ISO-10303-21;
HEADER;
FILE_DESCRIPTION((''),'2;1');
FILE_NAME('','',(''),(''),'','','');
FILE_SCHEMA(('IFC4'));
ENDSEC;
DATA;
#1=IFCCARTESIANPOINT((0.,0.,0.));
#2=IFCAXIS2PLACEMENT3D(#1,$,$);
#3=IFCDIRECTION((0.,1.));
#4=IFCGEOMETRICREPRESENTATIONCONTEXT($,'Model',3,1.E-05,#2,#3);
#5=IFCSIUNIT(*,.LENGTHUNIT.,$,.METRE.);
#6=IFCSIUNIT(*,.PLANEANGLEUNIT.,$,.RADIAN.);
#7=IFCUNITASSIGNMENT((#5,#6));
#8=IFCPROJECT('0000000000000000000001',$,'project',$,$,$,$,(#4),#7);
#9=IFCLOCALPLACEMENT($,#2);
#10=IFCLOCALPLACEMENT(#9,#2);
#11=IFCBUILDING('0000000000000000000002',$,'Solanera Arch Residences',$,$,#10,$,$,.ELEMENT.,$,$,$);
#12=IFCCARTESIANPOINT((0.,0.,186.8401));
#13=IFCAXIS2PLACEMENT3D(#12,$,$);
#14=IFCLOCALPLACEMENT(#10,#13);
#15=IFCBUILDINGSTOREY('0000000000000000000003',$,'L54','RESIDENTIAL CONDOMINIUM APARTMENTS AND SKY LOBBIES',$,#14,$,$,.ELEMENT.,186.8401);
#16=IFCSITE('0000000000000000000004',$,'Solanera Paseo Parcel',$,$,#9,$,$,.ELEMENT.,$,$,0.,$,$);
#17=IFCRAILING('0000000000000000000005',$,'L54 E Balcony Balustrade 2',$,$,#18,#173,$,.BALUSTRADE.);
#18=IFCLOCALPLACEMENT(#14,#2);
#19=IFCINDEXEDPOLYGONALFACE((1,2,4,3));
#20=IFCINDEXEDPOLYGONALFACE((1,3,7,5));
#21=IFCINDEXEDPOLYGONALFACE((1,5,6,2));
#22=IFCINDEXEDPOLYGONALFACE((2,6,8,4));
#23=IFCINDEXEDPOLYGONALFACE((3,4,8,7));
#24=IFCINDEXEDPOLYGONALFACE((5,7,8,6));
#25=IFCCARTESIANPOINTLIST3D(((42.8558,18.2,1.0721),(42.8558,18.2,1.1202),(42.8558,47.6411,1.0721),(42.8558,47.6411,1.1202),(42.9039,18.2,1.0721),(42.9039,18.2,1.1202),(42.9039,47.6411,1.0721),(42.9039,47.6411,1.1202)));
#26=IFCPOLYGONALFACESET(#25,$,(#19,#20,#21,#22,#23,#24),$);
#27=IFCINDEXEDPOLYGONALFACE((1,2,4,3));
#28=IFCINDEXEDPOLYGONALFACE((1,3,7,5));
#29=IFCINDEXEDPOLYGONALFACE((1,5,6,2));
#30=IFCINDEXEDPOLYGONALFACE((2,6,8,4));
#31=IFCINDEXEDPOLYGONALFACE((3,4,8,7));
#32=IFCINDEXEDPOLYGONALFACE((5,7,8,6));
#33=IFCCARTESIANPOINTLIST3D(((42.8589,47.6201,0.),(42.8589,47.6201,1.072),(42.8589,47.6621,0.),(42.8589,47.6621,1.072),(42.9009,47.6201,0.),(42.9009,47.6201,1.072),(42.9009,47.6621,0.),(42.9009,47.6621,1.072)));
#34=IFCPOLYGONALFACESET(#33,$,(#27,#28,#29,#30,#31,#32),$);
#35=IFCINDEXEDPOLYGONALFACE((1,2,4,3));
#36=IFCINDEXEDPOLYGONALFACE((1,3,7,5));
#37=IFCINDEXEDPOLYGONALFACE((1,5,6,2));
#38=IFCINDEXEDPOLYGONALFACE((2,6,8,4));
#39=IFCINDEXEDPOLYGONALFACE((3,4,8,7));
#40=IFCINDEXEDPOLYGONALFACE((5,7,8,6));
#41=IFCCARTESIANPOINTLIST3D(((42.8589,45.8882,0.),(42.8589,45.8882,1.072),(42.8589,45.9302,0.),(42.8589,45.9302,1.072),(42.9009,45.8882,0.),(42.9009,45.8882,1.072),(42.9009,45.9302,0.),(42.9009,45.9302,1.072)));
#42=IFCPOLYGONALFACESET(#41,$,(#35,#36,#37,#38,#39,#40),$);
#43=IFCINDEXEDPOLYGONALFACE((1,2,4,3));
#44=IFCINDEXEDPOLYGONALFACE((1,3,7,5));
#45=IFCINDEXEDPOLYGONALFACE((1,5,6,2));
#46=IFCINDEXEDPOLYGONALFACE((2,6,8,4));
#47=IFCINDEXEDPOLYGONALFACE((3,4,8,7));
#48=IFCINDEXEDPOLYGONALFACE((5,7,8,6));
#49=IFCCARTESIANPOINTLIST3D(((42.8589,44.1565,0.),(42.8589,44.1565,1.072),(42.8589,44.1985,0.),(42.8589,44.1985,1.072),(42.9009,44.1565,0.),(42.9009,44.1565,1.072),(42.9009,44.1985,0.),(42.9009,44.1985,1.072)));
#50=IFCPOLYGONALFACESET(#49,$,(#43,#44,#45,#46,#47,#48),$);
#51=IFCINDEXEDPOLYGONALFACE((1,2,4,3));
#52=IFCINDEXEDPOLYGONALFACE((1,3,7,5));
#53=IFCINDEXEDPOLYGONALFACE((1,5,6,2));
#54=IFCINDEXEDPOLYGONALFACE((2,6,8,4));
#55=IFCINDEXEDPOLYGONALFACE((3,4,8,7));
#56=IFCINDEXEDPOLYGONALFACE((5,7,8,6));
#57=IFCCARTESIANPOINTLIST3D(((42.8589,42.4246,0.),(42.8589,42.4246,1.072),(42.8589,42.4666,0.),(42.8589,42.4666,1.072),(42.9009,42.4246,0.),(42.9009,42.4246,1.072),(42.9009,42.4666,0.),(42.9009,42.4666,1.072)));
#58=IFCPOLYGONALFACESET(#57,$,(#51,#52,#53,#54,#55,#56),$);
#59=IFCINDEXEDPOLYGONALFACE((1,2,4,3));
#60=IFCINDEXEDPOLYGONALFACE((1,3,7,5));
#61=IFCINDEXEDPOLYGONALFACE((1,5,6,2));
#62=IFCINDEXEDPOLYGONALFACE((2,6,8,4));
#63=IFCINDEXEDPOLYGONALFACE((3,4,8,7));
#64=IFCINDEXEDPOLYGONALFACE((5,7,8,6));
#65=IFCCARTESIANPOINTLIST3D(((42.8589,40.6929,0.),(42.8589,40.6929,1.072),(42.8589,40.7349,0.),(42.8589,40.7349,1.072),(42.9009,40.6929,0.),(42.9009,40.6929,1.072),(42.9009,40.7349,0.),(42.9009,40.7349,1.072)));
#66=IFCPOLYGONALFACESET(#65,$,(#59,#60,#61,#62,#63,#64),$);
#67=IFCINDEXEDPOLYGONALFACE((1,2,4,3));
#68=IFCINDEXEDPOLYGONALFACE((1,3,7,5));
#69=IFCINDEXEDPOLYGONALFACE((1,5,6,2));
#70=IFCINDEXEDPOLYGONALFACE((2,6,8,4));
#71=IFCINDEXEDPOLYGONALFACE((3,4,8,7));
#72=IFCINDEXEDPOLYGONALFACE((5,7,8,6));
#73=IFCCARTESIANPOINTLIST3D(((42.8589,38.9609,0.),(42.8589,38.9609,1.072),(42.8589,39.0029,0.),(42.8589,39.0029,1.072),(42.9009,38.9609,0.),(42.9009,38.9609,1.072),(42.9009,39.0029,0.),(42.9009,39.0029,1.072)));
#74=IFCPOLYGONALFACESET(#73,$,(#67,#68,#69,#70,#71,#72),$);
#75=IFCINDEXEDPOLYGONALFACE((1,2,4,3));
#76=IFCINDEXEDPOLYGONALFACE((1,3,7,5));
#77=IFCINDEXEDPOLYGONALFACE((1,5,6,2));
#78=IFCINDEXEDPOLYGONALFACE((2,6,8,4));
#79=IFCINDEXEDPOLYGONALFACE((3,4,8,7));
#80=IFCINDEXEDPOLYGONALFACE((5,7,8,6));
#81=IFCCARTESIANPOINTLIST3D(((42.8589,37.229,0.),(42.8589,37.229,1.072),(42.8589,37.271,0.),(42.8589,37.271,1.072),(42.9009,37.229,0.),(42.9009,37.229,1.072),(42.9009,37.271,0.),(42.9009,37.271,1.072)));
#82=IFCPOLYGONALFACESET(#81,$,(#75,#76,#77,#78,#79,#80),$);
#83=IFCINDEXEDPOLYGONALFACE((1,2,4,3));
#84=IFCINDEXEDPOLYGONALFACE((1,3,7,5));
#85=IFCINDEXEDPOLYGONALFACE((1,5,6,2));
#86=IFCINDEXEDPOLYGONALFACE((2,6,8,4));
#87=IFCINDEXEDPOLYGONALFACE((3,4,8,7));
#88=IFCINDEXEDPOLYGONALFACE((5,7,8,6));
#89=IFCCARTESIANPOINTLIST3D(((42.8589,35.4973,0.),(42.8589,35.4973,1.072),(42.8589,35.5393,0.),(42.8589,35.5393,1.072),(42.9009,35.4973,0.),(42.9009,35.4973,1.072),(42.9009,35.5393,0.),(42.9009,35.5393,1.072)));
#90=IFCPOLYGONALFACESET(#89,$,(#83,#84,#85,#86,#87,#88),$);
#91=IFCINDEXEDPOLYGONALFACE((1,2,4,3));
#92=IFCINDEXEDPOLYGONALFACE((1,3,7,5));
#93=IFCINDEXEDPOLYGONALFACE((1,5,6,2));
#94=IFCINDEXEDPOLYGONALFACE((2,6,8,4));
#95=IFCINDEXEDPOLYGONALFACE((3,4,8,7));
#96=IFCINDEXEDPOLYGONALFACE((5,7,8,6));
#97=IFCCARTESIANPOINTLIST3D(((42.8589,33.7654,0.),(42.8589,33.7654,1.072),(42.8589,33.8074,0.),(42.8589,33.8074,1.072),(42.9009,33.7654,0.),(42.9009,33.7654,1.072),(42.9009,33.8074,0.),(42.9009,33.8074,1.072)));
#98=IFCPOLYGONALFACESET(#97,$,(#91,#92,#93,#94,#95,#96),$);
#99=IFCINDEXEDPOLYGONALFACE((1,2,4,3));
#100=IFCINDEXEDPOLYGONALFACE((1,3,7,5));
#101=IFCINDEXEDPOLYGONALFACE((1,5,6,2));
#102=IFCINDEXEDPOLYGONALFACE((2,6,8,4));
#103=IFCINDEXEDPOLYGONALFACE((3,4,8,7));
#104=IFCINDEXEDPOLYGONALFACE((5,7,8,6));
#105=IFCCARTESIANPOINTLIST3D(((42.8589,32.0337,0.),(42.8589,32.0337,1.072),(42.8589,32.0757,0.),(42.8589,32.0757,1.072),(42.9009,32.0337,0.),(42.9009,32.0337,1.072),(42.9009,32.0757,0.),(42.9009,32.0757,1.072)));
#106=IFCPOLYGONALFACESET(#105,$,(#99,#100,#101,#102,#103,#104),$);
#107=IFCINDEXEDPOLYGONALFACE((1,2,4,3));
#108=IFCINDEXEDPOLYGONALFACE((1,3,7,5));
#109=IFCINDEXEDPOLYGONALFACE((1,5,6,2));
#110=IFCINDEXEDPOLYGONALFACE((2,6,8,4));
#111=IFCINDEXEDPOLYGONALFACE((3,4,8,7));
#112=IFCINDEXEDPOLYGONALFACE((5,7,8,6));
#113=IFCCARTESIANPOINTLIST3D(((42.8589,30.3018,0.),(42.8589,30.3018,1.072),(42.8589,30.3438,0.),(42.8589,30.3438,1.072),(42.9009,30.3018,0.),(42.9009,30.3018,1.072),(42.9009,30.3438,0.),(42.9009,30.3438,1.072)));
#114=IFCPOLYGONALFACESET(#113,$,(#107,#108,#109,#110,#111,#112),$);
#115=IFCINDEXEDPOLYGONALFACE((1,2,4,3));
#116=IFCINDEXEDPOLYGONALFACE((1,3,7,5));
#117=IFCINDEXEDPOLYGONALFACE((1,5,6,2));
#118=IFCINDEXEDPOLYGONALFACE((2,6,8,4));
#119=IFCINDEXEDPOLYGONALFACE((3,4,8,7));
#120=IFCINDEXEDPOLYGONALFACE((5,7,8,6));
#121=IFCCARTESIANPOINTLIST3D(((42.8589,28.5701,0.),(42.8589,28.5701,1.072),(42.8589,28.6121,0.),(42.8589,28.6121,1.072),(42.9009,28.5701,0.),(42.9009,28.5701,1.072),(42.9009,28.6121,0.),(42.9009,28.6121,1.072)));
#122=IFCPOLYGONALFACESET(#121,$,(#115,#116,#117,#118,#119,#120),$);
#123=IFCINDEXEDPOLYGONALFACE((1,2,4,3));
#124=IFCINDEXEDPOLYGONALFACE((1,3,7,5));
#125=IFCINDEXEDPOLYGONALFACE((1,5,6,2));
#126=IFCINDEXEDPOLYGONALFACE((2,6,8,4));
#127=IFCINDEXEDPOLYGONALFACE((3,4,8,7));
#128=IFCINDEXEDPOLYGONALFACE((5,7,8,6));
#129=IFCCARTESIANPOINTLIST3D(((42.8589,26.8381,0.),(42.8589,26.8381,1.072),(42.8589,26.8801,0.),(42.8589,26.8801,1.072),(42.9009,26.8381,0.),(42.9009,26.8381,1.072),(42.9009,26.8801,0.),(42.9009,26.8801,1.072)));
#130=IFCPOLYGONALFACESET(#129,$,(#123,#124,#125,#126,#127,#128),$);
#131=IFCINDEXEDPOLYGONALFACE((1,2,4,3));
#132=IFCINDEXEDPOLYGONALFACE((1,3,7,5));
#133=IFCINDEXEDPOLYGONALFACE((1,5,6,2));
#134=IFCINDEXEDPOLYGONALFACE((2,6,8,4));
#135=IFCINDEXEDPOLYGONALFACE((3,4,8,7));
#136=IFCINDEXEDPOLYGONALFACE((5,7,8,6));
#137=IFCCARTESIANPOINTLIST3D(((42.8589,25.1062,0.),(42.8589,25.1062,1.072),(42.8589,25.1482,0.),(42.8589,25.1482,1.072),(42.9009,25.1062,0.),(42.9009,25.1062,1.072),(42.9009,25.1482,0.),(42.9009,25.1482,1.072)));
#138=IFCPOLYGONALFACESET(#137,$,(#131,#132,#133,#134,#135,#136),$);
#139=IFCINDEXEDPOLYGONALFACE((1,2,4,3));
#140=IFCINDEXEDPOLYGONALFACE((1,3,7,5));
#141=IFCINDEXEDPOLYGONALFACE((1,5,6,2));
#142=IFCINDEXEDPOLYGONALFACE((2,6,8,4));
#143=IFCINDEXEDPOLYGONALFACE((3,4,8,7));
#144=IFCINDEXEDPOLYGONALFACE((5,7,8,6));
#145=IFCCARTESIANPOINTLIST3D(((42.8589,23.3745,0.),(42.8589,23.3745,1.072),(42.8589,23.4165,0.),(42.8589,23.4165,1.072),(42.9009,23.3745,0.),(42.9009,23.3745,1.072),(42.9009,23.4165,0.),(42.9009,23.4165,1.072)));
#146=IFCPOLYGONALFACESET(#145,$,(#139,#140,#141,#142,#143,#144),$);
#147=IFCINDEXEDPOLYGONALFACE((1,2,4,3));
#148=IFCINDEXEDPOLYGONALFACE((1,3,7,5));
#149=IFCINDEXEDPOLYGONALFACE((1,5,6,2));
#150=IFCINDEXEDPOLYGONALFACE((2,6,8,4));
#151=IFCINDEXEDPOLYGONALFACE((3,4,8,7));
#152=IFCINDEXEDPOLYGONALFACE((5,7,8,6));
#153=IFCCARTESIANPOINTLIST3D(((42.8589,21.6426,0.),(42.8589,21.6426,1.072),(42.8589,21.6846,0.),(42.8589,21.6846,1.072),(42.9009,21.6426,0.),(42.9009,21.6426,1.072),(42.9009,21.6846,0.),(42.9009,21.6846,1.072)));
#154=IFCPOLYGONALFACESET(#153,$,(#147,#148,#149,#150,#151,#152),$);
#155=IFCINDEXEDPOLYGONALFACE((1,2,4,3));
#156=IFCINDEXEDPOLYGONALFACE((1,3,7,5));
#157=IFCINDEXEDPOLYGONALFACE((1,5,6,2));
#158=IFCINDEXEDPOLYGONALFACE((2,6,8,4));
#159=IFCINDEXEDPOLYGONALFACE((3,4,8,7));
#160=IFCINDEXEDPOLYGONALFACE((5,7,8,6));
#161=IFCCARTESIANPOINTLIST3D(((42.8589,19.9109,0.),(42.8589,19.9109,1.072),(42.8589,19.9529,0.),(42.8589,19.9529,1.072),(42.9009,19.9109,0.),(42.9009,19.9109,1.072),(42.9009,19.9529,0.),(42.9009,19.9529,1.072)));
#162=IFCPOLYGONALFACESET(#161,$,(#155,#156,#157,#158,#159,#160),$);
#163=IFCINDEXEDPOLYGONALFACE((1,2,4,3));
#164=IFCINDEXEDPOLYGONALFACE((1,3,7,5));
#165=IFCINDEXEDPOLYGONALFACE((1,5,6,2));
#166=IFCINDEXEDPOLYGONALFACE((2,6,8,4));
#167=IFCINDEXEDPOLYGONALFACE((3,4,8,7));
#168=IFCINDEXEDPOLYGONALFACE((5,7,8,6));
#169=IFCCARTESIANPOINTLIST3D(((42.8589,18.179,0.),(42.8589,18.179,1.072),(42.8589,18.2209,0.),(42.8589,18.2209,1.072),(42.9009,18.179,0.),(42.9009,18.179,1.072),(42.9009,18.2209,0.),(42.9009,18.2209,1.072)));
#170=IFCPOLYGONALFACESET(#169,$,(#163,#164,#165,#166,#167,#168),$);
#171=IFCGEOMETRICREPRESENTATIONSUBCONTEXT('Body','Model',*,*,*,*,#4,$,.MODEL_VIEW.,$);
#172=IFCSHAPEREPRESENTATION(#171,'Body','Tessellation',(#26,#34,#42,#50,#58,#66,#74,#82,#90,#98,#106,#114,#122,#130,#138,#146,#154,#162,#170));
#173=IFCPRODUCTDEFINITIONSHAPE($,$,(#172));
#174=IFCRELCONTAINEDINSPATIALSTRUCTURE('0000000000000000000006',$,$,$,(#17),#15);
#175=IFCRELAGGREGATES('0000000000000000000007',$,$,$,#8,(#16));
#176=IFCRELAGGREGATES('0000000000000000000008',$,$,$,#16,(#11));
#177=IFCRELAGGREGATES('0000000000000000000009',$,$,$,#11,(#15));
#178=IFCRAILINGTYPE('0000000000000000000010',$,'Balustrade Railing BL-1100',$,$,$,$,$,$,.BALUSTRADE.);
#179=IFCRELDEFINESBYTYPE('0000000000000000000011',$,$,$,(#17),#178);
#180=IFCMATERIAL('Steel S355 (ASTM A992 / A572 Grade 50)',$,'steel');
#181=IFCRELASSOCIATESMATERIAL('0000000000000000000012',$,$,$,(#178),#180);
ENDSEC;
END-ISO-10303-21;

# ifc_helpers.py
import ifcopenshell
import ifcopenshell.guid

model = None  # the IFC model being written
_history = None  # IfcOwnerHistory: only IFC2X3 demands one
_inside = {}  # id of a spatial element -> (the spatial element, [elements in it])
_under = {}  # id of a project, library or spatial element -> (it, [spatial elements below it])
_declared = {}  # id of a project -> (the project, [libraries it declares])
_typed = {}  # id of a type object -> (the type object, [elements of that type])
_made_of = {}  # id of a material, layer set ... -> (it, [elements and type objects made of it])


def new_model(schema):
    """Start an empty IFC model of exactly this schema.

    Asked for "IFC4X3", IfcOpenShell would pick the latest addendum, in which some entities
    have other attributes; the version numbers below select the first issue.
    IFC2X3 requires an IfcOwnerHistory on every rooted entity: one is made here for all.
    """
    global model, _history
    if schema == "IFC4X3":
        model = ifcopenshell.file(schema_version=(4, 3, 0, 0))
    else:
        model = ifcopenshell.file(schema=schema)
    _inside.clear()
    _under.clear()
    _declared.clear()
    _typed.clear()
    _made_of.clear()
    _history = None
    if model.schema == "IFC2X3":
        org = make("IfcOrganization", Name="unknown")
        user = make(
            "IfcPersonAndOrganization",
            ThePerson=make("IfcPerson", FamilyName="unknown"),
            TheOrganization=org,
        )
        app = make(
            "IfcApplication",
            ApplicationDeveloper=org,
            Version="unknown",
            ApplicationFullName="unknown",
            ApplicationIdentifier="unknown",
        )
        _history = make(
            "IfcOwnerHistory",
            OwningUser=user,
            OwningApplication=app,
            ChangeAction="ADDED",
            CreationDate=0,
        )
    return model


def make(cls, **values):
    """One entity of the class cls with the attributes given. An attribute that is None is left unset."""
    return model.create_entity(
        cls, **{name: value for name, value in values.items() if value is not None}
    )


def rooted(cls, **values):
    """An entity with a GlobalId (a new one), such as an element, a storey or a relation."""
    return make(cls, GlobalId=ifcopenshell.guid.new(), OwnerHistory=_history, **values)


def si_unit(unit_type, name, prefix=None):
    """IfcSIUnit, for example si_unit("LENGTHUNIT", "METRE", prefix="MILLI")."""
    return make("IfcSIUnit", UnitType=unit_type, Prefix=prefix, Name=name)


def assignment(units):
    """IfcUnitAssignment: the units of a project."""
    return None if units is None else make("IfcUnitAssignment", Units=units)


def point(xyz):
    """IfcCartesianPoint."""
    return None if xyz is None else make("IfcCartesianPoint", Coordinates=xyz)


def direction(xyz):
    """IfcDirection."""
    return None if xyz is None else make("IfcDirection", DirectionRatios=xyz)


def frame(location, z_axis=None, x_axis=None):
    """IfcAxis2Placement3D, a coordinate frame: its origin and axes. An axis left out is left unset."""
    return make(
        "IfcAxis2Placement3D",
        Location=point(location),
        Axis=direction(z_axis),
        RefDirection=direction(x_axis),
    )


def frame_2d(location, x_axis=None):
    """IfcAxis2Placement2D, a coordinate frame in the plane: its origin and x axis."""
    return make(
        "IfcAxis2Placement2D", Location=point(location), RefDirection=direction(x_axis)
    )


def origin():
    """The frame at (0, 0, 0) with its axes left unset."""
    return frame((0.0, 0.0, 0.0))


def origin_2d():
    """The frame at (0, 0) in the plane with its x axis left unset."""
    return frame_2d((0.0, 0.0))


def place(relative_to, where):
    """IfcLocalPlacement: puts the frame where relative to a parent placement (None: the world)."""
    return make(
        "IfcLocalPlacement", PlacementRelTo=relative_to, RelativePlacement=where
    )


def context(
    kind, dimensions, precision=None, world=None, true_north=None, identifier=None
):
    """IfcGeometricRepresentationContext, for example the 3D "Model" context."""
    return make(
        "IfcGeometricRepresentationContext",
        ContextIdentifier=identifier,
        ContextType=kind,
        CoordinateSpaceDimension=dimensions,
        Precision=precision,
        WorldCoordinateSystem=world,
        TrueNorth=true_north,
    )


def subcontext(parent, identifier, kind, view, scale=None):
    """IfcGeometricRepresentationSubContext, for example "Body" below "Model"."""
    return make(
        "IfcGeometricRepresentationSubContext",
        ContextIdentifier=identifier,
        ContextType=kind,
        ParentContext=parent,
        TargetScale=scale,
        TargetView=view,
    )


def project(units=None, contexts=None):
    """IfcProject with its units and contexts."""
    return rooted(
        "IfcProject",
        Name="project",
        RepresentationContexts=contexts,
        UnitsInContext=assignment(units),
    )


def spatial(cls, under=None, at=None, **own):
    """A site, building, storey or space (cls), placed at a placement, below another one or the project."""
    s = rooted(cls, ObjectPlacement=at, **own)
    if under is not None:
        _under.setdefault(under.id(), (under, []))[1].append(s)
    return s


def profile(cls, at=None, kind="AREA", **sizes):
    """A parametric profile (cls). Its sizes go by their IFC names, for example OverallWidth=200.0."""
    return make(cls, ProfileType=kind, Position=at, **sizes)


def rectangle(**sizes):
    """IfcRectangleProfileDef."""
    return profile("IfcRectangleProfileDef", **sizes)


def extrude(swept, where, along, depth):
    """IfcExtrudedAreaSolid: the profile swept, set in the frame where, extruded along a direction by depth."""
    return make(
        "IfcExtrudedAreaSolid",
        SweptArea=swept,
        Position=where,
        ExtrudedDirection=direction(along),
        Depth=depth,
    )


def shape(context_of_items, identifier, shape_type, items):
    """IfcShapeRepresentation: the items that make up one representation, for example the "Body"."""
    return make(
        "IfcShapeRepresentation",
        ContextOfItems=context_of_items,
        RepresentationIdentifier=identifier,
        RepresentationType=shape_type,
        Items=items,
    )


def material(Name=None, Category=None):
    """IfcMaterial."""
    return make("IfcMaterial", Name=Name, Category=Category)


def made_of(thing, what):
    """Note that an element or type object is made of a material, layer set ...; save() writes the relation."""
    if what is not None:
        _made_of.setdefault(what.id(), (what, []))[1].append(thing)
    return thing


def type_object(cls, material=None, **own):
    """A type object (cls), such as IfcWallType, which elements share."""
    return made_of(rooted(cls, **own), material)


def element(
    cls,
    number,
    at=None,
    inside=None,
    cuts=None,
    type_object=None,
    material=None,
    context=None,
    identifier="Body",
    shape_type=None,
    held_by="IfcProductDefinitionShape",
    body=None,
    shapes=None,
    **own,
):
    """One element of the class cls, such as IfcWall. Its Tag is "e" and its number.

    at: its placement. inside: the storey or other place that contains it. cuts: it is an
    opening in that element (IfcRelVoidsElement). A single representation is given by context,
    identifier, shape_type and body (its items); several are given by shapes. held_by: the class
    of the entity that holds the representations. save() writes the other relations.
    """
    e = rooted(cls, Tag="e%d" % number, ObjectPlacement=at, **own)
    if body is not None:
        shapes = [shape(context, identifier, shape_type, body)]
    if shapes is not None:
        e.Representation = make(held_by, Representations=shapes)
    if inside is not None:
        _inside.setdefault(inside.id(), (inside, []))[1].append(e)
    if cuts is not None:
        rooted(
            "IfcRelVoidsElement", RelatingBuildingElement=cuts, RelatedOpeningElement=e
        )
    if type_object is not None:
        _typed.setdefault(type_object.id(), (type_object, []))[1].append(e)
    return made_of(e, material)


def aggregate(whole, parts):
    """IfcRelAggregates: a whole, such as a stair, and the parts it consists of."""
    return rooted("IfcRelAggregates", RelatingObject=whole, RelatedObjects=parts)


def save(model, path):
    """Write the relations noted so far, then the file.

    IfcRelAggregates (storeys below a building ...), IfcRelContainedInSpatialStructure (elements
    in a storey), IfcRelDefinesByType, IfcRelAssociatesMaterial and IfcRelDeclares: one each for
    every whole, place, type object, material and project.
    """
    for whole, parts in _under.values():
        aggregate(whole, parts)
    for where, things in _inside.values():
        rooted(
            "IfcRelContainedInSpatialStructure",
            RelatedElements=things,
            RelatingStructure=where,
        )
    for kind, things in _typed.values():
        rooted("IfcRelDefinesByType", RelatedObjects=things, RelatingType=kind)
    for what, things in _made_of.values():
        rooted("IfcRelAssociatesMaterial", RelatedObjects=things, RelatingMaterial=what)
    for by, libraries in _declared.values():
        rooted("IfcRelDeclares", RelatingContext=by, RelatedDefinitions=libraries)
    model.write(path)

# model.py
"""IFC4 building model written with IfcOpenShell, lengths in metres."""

from ifc_helpers import new_model, si_unit, direction, frame, origin, origin_2d, place, context, subcontext, project, spatial, rectangle, extrude, material, type_object, element, save


model = new_model("IFC4")

# Units and contexts
model_context = context("Model", 3, precision=1e-05, world=origin(), true_north=direction((0.0, 1.0)))
body_context = subcontext(model_context, "Body", "Model", "MODEL_VIEW")
ifc_project = project(units=[si_unit("LENGTHUNIT", "METRE"), si_unit("PLANEANGLEUNIT", "RADIAN")], contexts=[model_context])

# Site, building, storey
site_placement = place(None, origin())
site = spatial("IfcSite", under=ifc_project, at=site_placement, Name="Solanera Paseo Parcel", CompositionType="ELEMENT", RefElevation=0.0)
building_placement = place(site_placement, origin())
building = spatial("IfcBuilding", under=site, at=building_placement, Name="Solanera Arch Residences", CompositionType="ELEMENT")
storey_placement = place(building_placement, frame((0.0, 0.0, 186.8401)))
storey = spatial("IfcBuildingStorey", under=building, at=storey_placement, Name="L54", Description="RESIDENTIAL CONDOMINIUM APARTMENTS AND SKY LOBBIES", CompositionType="ELEMENT", Elevation=186.8401)

# Railing
ifc_material_1 = material(Name="Steel S355 (ASTM A992 / A572 Grade 50)", Category="steel")
railing_type = type_object("IfcRailingType", Name="Balustrade Railing BL-1100", PredefinedType="BALUSTRADE", material=ifc_material_1)
railing_1_placement = place(storey_placement, frame((42.8799, 47.6411, 0.0)))
element("IfcRailing", 1, at=railing_1_placement, inside=storey, type_object=railing_type, Name="L54 E Balcony Balustrade 2", PredefinedType="BALUSTRADE", context=body_context, shape_type="SweptSolid", body=[
    extrude(rectangle(XDim=0.0481, YDim=0.0481, at=origin_2d()), frame((0.0, 0.0, 1.0962), z_axis=(0.0, -1.0, 0.0), x_axis=(1.0, 0.0, 0.0)), (0.0, 0.0, 1.0), 29.4412),
    extrude(rectangle(XDim=0.042, YDim=0.042, at=origin_2d()), origin(), (0.0, 0.0, 1.0), 1.072),
    extrude(rectangle(XDim=0.042, YDim=0.042, at=origin_2d()), frame((0.0, -1.7319, 0.0)), (0.0, 0.0, 1.0), 1.072),
    extrude(rectangle(XDim=0.042, YDim=0.042, at=origin_2d()), frame((0.0, -3.4636, 0.0)), (0.0, 0.0, 1.0), 1.072),
    extrude(rectangle(XDim=0.042, YDim=0.042, at=origin_2d()), frame((0.0, -5.1956, 0.0)), (0.0, 0.0, 1.0), 1.072),
    extrude(rectangle(XDim=0.042, YDim=0.042, at=origin_2d()), frame((0.0, -6.9272, 0.0)), (0.0, 0.0, 1.0), 1.072),
    extrude(rectangle(XDim=0.042, YDim=0.042, at=origin_2d()), frame((0.0, -8.6592, 0.0)), (0.0, 0.0, 1.0), 1.072),
    extrude(rectangle(XDim=0.042, YDim=0.042, at=origin_2d()), frame((0.0, -10.3911, 0.0)), (0.0, 0.0, 1.0), 1.072),
    extrude(rectangle(XDim=0.042, YDim=0.042, at=origin_2d()), frame((0.0, -12.1228, 0.0)), (0.0, 0.0, 1.0), 1.072),
    extrude(rectangle(XDim=0.042, YDim=0.042, at=origin_2d()), frame((0.0, -13.8547, 0.0)), (0.0, 0.0, 1.0), 1.072),
    extrude(rectangle(XDim=0.042, YDim=0.042, at=origin_2d()), frame((0.0, -15.5864, 0.0)), (0.0, 0.0, 1.0), 1.072),
    extrude(rectangle(XDim=0.042, YDim=0.042, at=origin_2d()), frame((0.0, -17.3184, 0.0)), (0.0, 0.0, 1.0), 1.072),
    extrude(rectangle(XDim=0.042, YDim=0.042, at=origin_2d()), frame((0.0, -19.05, 0.0)), (0.0, 0.0, 1.0), 1.072),
    extrude(rectangle(XDim=0.042, YDim=0.042, at=origin_2d()), frame((0.0, -20.782, 0.0)), (0.0, 0.0, 1.0), 1.072),
    extrude(rectangle(XDim=0.042, YDim=0.042, at=origin_2d()), frame((0.0, -22.5139, 0.0)), (0.0, 0.0, 1.0), 1.072),
    extrude(rectangle(XDim=0.042, YDim=0.042, at=origin_2d()), frame((0.0, -24.2456, 0.0)), (0.0, 0.0, 1.0), 1.072),
    extrude(rectangle(XDim=0.042, YDim=0.042, at=origin_2d()), frame((0.0, -25.9775, 0.0)), (0.0, 0.0, 1.0), 1.072),
    extrude(rectangle(XDim=0.042, YDim=0.042, at=origin_2d()), frame((0.0, -27.7092, 0.0)), (0.0, 0.0, 1.0), 1.072),
    extrude(rectangle(XDim=0.042, YDim=0.042, at=origin_2d()), frame((0.0, -29.4412, 0.0)), (0.0, 0.0, 1.0), 1.072),
])

save(model, "model.ifc")
